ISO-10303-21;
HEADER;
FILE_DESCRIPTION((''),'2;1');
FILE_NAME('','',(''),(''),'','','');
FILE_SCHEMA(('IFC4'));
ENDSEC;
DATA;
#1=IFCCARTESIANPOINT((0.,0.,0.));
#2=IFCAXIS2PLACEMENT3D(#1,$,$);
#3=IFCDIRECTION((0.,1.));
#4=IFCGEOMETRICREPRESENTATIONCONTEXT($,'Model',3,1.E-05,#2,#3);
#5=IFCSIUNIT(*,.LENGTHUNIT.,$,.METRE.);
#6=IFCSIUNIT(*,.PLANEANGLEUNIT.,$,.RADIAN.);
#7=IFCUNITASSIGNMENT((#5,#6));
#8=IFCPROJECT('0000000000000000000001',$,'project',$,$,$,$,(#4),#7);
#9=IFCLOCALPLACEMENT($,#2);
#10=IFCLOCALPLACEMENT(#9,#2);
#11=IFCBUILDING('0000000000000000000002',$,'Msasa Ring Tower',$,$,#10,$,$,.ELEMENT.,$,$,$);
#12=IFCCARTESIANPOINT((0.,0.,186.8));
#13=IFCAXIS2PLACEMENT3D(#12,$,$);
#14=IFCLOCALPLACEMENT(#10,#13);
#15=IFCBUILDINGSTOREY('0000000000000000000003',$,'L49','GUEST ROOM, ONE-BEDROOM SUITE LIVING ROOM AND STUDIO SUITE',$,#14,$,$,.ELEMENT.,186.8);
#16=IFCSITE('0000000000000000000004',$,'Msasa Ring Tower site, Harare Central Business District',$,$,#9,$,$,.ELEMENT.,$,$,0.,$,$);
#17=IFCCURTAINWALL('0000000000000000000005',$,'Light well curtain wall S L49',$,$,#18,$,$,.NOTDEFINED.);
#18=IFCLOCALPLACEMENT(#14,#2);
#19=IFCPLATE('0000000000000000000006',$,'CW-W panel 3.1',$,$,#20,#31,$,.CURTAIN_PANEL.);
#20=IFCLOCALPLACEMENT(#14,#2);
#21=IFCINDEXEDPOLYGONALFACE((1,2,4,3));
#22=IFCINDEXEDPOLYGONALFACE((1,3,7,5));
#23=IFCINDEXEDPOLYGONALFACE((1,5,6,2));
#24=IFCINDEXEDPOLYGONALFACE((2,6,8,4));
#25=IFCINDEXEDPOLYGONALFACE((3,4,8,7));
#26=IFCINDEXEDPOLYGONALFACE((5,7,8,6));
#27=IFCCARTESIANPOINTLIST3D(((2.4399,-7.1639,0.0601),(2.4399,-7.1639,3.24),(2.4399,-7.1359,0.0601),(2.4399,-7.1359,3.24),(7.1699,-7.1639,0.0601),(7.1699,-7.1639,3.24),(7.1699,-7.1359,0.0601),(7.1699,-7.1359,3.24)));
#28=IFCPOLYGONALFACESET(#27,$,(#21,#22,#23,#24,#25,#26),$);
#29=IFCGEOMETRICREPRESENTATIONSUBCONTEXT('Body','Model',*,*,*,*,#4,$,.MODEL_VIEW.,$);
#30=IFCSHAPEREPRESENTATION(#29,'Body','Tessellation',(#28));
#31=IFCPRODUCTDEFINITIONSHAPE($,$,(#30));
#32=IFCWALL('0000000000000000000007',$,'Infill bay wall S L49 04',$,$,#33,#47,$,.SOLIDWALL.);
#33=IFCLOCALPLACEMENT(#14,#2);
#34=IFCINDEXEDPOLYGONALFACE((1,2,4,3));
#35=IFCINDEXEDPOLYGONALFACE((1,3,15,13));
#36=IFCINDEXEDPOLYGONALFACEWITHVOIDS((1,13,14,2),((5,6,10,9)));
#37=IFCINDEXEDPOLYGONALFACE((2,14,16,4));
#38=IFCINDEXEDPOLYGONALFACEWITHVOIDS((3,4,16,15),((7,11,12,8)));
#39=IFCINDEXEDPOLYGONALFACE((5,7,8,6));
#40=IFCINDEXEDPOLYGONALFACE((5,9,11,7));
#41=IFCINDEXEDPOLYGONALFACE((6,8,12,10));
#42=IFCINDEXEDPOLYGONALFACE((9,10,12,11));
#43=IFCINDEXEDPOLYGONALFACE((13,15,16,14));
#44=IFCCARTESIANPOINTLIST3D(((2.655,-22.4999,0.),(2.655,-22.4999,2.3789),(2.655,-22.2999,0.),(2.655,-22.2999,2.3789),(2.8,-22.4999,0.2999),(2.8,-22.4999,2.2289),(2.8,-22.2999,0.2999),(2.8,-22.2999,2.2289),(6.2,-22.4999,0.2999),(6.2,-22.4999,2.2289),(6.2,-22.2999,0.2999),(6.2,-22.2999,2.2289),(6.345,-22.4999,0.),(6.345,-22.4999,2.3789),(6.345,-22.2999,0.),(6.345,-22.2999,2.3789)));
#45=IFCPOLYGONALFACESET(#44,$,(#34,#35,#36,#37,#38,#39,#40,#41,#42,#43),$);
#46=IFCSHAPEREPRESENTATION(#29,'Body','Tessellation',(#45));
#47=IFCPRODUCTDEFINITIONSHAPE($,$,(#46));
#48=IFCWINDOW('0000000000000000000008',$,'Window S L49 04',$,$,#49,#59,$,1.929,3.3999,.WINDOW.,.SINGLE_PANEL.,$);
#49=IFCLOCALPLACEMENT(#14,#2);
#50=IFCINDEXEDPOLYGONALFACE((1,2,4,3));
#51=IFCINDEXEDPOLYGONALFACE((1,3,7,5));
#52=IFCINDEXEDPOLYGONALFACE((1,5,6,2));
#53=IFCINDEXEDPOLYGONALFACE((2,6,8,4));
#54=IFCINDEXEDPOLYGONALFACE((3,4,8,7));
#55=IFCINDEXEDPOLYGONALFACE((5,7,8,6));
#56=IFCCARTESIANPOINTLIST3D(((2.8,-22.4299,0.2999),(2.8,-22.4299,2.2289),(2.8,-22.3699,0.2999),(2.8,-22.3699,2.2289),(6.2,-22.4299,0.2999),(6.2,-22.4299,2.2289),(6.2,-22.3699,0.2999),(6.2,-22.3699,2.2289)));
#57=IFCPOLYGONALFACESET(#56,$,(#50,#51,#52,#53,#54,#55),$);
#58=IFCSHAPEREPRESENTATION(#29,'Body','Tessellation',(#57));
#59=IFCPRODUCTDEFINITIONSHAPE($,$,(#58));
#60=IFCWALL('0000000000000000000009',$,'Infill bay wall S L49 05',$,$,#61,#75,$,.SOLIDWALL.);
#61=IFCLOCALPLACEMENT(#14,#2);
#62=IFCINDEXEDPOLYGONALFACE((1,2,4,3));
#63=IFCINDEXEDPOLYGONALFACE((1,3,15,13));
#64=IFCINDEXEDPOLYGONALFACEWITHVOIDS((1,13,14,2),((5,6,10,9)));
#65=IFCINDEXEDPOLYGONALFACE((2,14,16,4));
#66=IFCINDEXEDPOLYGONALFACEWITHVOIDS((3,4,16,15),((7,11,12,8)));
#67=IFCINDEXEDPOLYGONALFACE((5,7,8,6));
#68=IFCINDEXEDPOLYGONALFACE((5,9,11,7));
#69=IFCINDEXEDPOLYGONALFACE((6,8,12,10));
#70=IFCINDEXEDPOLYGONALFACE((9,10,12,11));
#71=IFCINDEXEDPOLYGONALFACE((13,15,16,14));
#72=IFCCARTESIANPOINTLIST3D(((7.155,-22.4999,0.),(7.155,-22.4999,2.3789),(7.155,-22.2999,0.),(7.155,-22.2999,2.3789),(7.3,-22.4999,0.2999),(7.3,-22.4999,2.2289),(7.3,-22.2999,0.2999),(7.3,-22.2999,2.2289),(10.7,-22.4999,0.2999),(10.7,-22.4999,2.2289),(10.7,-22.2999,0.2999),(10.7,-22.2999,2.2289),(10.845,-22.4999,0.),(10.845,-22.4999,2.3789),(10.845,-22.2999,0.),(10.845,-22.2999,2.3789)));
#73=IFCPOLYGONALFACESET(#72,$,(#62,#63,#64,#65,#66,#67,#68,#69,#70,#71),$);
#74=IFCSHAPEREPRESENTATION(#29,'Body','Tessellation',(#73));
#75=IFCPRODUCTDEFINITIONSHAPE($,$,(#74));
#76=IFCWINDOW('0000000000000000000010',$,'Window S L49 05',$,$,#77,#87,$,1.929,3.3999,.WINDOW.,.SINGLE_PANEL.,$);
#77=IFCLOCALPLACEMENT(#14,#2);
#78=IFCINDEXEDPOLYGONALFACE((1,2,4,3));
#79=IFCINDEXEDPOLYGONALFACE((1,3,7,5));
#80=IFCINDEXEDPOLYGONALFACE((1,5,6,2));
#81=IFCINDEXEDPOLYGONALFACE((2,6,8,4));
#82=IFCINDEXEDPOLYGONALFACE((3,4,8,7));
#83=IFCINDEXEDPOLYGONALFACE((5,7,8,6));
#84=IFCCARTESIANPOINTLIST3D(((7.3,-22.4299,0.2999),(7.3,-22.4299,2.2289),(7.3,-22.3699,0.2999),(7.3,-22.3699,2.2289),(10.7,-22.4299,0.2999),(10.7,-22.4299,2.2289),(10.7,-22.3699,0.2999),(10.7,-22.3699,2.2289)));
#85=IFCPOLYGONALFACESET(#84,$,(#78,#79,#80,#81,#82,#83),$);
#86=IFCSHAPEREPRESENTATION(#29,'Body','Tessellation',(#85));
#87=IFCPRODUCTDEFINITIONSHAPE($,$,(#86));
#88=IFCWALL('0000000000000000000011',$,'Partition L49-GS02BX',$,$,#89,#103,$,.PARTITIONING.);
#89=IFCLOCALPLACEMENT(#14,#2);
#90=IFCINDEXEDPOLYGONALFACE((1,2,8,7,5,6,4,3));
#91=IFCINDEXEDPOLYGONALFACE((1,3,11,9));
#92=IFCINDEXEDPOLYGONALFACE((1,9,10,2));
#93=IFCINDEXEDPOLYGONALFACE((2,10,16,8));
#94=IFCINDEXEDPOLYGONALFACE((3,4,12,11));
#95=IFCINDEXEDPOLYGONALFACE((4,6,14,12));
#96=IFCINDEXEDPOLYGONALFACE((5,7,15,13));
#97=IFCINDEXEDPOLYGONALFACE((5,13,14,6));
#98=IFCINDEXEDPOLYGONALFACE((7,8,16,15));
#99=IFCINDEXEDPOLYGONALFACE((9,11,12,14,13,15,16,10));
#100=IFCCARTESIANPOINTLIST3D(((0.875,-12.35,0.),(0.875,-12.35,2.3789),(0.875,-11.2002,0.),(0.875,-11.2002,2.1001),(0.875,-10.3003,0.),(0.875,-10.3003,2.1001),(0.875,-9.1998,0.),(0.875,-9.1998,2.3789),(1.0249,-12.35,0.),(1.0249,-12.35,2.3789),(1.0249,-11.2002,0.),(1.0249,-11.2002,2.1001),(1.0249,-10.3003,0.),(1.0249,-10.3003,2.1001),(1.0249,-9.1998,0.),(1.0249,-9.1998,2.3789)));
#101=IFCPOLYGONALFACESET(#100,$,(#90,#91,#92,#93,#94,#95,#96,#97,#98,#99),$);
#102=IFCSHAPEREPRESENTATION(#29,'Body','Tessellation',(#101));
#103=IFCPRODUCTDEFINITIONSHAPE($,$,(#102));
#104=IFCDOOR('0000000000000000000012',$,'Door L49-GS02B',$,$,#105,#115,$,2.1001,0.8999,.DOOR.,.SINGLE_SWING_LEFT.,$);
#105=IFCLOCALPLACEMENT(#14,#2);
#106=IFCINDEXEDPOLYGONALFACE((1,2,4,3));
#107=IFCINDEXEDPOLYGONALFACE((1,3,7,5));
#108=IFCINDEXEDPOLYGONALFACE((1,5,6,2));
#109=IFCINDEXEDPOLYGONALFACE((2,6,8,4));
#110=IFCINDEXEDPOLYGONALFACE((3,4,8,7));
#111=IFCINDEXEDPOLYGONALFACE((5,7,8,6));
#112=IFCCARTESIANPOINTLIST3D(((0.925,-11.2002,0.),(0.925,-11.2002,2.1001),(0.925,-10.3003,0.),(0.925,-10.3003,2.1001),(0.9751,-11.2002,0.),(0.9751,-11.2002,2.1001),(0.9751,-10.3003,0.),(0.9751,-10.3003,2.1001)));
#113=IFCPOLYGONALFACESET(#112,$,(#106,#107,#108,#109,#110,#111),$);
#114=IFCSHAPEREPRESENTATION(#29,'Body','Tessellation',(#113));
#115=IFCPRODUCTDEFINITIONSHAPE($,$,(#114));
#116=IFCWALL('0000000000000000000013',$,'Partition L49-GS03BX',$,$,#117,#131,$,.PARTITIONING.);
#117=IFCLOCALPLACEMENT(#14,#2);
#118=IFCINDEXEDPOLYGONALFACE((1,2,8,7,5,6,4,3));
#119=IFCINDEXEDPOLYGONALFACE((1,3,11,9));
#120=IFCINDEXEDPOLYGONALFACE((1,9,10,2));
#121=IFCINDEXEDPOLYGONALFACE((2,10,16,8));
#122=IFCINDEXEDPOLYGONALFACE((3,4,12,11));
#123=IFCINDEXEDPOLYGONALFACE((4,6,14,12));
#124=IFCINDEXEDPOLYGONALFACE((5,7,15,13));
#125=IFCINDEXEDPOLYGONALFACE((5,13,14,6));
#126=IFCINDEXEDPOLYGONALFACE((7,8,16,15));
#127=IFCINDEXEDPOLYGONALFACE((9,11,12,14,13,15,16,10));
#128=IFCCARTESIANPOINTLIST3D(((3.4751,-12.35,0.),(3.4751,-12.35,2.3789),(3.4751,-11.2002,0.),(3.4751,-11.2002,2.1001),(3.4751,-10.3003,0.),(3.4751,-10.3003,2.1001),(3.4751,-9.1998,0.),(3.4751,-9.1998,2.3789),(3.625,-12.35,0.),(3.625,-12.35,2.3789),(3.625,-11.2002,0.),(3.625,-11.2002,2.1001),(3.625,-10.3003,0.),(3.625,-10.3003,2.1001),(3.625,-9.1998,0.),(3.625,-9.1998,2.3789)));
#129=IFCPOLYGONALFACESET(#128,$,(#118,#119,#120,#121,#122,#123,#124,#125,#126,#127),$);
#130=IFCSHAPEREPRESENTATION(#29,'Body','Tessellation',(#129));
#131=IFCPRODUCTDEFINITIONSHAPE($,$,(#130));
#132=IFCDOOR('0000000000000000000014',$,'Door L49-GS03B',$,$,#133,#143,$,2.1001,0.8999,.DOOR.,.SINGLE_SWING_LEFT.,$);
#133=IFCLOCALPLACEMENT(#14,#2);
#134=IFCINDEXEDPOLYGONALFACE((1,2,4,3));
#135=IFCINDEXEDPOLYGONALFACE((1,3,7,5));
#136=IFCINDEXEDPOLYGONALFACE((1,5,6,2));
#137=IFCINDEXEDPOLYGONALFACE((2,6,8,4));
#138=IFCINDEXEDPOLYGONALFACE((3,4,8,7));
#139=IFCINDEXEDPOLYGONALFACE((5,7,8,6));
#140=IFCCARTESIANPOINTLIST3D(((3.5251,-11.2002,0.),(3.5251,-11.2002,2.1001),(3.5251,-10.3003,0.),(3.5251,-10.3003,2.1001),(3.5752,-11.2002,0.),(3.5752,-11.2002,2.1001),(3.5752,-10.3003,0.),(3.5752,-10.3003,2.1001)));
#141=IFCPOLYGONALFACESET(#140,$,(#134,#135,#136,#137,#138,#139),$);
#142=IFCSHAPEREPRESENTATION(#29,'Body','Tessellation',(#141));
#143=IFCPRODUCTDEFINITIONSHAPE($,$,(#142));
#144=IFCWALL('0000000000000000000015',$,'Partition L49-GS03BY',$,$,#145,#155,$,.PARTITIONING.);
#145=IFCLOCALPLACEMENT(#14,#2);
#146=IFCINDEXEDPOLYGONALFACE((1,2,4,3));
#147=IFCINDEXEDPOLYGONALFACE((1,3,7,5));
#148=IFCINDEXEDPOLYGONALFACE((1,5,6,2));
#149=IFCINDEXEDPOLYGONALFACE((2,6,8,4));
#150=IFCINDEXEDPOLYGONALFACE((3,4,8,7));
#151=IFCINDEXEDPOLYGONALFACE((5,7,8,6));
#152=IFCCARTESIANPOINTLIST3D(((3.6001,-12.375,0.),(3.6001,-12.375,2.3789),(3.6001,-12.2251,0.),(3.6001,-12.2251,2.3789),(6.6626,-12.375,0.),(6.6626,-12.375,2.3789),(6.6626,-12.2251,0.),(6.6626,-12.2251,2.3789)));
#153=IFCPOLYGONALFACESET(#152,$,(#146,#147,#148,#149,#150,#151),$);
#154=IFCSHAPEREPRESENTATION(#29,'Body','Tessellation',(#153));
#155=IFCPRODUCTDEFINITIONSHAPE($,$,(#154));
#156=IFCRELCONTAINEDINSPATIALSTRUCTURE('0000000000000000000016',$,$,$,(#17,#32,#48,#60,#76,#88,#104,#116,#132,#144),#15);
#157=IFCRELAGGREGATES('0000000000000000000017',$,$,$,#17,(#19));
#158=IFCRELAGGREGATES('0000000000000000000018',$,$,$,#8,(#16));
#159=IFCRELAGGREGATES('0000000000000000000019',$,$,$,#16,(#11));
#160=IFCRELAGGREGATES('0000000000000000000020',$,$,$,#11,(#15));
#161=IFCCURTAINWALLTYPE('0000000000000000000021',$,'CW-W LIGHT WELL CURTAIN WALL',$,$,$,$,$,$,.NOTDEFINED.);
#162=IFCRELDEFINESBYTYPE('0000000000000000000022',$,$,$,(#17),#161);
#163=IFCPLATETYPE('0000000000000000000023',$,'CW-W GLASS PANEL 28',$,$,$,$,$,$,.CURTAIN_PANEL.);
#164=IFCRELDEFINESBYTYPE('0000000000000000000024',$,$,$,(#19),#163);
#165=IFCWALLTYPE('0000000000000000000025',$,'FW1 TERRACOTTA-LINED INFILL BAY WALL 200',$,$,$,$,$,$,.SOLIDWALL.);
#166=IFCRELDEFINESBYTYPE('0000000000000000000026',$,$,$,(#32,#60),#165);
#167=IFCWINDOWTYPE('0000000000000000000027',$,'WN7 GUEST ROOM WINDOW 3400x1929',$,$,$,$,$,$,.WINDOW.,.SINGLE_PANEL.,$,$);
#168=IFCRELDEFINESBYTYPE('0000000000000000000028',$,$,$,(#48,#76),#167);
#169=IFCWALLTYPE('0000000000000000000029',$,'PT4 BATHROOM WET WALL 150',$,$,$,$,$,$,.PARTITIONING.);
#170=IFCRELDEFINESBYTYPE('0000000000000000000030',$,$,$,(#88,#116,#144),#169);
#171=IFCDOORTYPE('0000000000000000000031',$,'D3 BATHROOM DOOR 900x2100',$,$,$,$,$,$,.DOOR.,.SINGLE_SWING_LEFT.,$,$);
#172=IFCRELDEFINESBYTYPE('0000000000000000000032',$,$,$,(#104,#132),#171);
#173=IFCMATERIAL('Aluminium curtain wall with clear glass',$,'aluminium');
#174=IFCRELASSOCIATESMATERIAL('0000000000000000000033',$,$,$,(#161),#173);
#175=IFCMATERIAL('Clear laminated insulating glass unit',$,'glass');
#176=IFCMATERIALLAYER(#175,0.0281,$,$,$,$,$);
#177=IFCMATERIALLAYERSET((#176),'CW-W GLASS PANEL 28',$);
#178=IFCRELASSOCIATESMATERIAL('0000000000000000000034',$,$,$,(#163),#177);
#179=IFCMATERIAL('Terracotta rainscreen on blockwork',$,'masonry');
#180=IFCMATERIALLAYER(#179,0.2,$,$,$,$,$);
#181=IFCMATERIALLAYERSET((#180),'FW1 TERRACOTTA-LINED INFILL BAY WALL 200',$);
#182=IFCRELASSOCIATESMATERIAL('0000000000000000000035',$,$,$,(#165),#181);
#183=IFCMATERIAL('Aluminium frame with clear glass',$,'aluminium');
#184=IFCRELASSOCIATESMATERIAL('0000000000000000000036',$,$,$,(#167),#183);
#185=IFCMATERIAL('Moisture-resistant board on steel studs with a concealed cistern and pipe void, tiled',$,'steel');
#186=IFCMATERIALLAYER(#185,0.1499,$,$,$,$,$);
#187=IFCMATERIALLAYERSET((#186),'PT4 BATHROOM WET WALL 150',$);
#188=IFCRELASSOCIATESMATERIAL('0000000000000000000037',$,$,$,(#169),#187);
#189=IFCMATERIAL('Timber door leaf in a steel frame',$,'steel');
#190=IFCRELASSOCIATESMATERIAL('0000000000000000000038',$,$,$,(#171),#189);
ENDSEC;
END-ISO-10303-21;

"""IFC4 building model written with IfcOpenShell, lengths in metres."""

from ifc_helpers import new_model, si_unit, direction, frame, frame_2d, origin, origin_2d, place, context, subcontext, project, spatial, rectangle, extrude, material, layer, layer_set, type_object, element, fill, aggregate, save


model = new_model("IFC4")

# Units and contexts
model_context = context("Model", 3, precision=1e-05, world=origin(), true_north=direction((0.0, 1.0)))
body_context = subcontext(model_context, "Body", "Model", "MODEL_VIEW")
ifc_project = project(units=[si_unit("LENGTHUNIT", "METRE"), si_unit("PLANEANGLEUNIT", "RADIAN")], contexts=[model_context])

# Site, building, storey
site_placement = place(None, origin())
site = spatial("IfcSite", under=ifc_project, at=site_placement, Name="Msasa Ring Tower site, Harare Central Business District", CompositionType="ELEMENT", RefElevation=0.0)
building_placement = place(site_placement, origin())
building = spatial("IfcBuilding", under=site, at=building_placement, Name="Msasa Ring Tower", CompositionType="ELEMENT")
storey_placement = place(building_placement, frame((0.0, 0.0, 186.8)))
storey = spatial("IfcBuildingStorey", under=building, at=storey_placement, Name="L49", Description="GUEST ROOM, ONE-BEDROOM SUITE LIVING ROOM AND STUDIO SUITE", CompositionType="ELEMENT", Elevation=186.8)

# Curtain wall
ifc_material_1 = material(Name="Aluminium curtain wall with clear glass", Category="aluminium")
curtain_wall_type = type_object("IfcCurtainWallType", Name="CW-W LIGHT WELL CURTAIN WALL", PredefinedType="NOTDEFINED", material=ifc_material_1)
curtain_wall_1_placement = place(storey_placement, origin())
curtain_wall_1 = element("IfcCurtainWall", 1, at=curtain_wall_1_placement, inside=storey, type_object=curtain_wall_type, Name="Light well curtain wall S L49", PredefinedType="NOTDEFINED")

# Plate
ifc_material_2 = material(Name="Clear laminated insulating glass unit", Category="glass")
ifc_layer_1 = layer(ifc_material_2, 0.0281)
ifc_layer_set_1 = layer_set([ifc_layer_1], Name="CW-W GLASS PANEL 28")
plate_type = type_object("IfcPlateType", Name="CW-W GLASS PANEL 28", PredefinedType="CURTAIN_PANEL", material=ifc_layer_set_1)
plate_placement = place(storey_placement, frame((4.8049, -7.1499, 0.0601), z_axis=(0.0, 0.0, 1.0), x_axis=(1.0, 0.0, 0.0)))
plate = element("IfcPlate", 2, at=plate_placement, type_object=plate_type, Name="CW-W panel 3.1", PredefinedType="CURTAIN_PANEL", context=body_context, shape_type="SweptSolid", body=[
    extrude(rectangle(XDim=4.73, YDim=0.0281, at=origin_2d()), origin(), (0.0, 0.0, 1.0), 3.1799),
])
aggregate(curtain_wall_1, [plate])

# Walls, openings, windows
ifc_material_3 = material(Name="Terracotta rainscreen on blockwork", Category="masonry")
ifc_layer_2 = layer(ifc_material_3, 0.2)
ifc_layer_set_2 = layer_set([ifc_layer_2], Name="FW1 TERRACOTTA-LINED INFILL BAY WALL 200")
wall_type_1 = type_object("IfcWallType", Name="FW1 TERRACOTTA-LINED INFILL BAY WALL 200", PredefinedType="SOLIDWALL", material=ifc_layer_set_2)
wall_1_placement = place(storey_placement, frame((2.655, -22.3999, 0.0), z_axis=(0.0, 0.0, 1.0), x_axis=(1.0, 0.0, 0.0)))
wall_1 = element("IfcWall", 3, at=wall_1_placement, inside=storey, type_object=wall_type_1, Name="Infill bay wall S L49 04", PredefinedType="SOLIDWALL", context=body_context, shape_type="SweptSolid", body=[
    extrude(rectangle(XDim=3.6899, YDim=0.2, at=frame_2d((1.845, 0.0))), origin(), (0.0, 0.0, 1.0), 2.3789),
])
opening_1_placement = place(wall_1_placement, frame((0.145, 0.0, 0.3)))
opening_1 = element("IfcOpeningElement", 4, at=opening_1_placement, cuts=wall_1, PredefinedType="OPENING", context=body_context, shape_type="SweptSolid", body=[
    extrude(rectangle(XDim=3.3999, YDim=1.929, at=frame_2d((1.7, 0.9644))), frame((0.0, 0.1099, 0.0), z_axis=(0.0, -1.0, 0.0), x_axis=(1.0, 0.0, 0.0)), (0.0, 0.0, 1.0), 0.22),
])
ifc_material_4 = material(Name="Aluminium frame with clear glass", Category="aluminium")
window_type = type_object("IfcWindowType", Name="WN7 GUEST ROOM WINDOW 3400x1929", PartitioningType="SINGLE_PANEL", PredefinedType="WINDOW", material=ifc_material_4)
window_1_placement = place(opening_1_placement, origin())
window_1 = element("IfcWindow", 5, at=window_1_placement, inside=storey, type_object=window_type, Name="Window S L49 04", OverallHeight=1.929, OverallWidth=3.3999, PartitioningType="SINGLE_PANEL", PredefinedType="WINDOW", context=body_context, shape_type="SweptSolid", body=[
    extrude(rectangle(XDim=3.3999, YDim=1.929, at=frame_2d((1.7, 0.9644))), frame((0.0, 0.03, 0.0), z_axis=(0.0, -1.0, 0.0), x_axis=(1.0, 0.0, 0.0)), (0.0, 0.0, 1.0), 0.0601),
])
fill(opening_1, window_1)
wall_2_placement = place(storey_placement, frame((7.155, -22.3999, 0.0), z_axis=(0.0, 0.0, 1.0), x_axis=(1.0, 0.0, 0.0)))
wall_2 = element("IfcWall", 6, at=wall_2_placement, inside=storey, type_object=wall_type_1, Name="Infill bay wall S L49 05", PredefinedType="SOLIDWALL", context=body_context, shape_type="SweptSolid", body=[
    extrude(rectangle(XDim=3.6899, YDim=0.2, at=frame_2d((1.845, 0.0))), origin(), (0.0, 0.0, 1.0), 2.3789),
])
opening_2_placement = place(wall_2_placement, frame((0.145, 0.0, 0.3)))
opening_2 = element("IfcOpeningElement", 7, at=opening_2_placement, cuts=wall_2, PredefinedType="OPENING", context=body_context, shape_type="SweptSolid", body=[
    extrude(rectangle(XDim=3.3999, YDim=1.929, at=frame_2d((1.7, 0.9644))), frame((0.0, 0.1099, 0.0), z_axis=(0.0, -1.0, 0.0), x_axis=(1.0, 0.0, 0.0)), (0.0, 0.0, 1.0), 0.22),
])
window_2_placement = place(opening_2_placement, origin())
window_2 = element("IfcWindow", 8, at=window_2_placement, inside=storey, type_object=window_type, Name="Window S L49 05", OverallHeight=1.929, OverallWidth=3.3999, PartitioningType="SINGLE_PANEL", PredefinedType="WINDOW", context=body_context, shape_type="SweptSolid", body=[
    extrude(rectangle(XDim=3.3999, YDim=1.929, at=frame_2d((1.7, 0.9644))), frame((0.0, 0.03, 0.0), z_axis=(0.0, -1.0, 0.0), x_axis=(1.0, 0.0, 0.0)), (0.0, 0.0, 1.0), 0.0601),
])
fill(opening_2, window_2)

# Walls, openings, doors
ifc_material_5 = material(Name="Moisture-resistant board on steel studs with a concealed cistern and pipe void, tiled", Category="steel")
ifc_layer_3 = layer(ifc_material_5, 0.1499)
ifc_layer_set_3 = layer_set([ifc_layer_3], Name="PT4 BATHROOM WET WALL 150")
wall_type_2 = type_object("IfcWallType", Name="PT4 BATHROOM WET WALL 150", PredefinedType="PARTITIONING", material=ifc_layer_set_3)
wall_3_placement = place(storey_placement, frame((0.95, -12.3501, 0.0), z_axis=(0.0, 0.0, 1.0), x_axis=(0.0, 1.0, 0.0)))
wall_3 = element("IfcWall", 9, at=wall_3_placement, inside=storey, type_object=wall_type_2, Name="Partition L49-GS02BX", PredefinedType="PARTITIONING", context=body_context, shape_type="SweptSolid", body=[
    extrude(rectangle(XDim=3.1501, YDim=0.1499, at=frame_2d((1.5752, 0.0))), origin(), (0.0, 0.0, 1.0), 2.3789),
])
opening_3_placement = place(wall_3_placement, frame((1.1499, 0.0, 0.0)))
opening_3 = element("IfcOpeningElement", 10, at=opening_3_placement, cuts=wall_3, PredefinedType="OPENING", context=body_context, shape_type="SweptSolid", body=[
    extrude(rectangle(XDim=0.8999, YDim=2.1001, at=frame_2d((0.45, 1.05))), frame((0.0, 0.085, 0.0), z_axis=(0.0, -1.0, 0.0), x_axis=(1.0, 0.0, 0.0)), (0.0, 0.0, 1.0), 0.1699),
])
ifc_material_6 = material(Name="Timber door leaf in a steel frame", Category="steel")
door_type = type_object("IfcDoorType", Name="D3 BATHROOM DOOR 900x2100", OperationType="SINGLE_SWING_LEFT", PredefinedType="DOOR", material=ifc_material_6)
door_1_placement = place(opening_3_placement, origin())
door_1 = element("IfcDoor", 11, at=door_1_placement, inside=storey, type_object=door_type, Name="Door L49-GS02B", OperationType="SINGLE_SWING_LEFT", OverallHeight=2.1001, OverallWidth=0.8999, PredefinedType="DOOR", context=body_context, shape_type="SweptSolid", body=[
    extrude(rectangle(XDim=0.8999, YDim=2.1001, at=frame_2d((0.45, 1.05))), frame((0.0, 0.0249, 0.0), z_axis=(0.0, -1.0, 0.0), x_axis=(1.0, 0.0, 0.0)), (0.0, 0.0, 1.0), 0.05),
])
fill(opening_3, door_1)
wall_4_placement = place(storey_placement, frame((3.55, -12.3501, 0.0), z_axis=(0.0, 0.0, 1.0), x_axis=(0.0, 1.0, 0.0)))
wall_4 = element("IfcWall", 12, at=wall_4_placement, inside=storey, type_object=wall_type_2, Name="Partition L49-GS03BX", PredefinedType="PARTITIONING", context=body_context, shape_type="SweptSolid", body=[
    extrude(rectangle(XDim=3.1501, YDim=0.1499, at=frame_2d((1.5752, 0.0))), origin(), (0.0, 0.0, 1.0), 2.3789),
])
opening_4_placement = place(wall_4_placement, frame((1.1499, 0.0, 0.0)))
opening_4 = element("IfcOpeningElement", 13, at=opening_4_placement, cuts=wall_4, PredefinedType="OPENING", context=body_context, shape_type="SweptSolid", body=[
    extrude(rectangle(XDim=0.8999, YDim=2.1001, at=frame_2d((0.45, 1.05))), frame((0.0, 0.085, 0.0), z_axis=(0.0, -1.0, 0.0), x_axis=(1.0, 0.0, 0.0)), (0.0, 0.0, 1.0), 0.1699),
])
door_2_placement = place(opening_4_placement, origin())
door_2 = element("IfcDoor", 14, at=door_2_placement, inside=storey, type_object=door_type, Name="Door L49-GS03B", OperationType="SINGLE_SWING_LEFT", OverallHeight=2.1001, OverallWidth=0.8999, PredefinedType="DOOR", context=body_context, shape_type="SweptSolid", body=[
    extrude(rectangle(XDim=0.8999, YDim=2.1001, at=frame_2d((0.45, 1.05))), frame((0.0, 0.0249, 0.0), z_axis=(0.0, -1.0, 0.0), x_axis=(1.0, 0.0, 0.0)), (0.0, 0.0, 1.0), 0.05),
])
fill(opening_4, door_2)

# Wall
wall_5_placement = place(storey_placement, frame((3.6001, -12.3, 0.0), z_axis=(0.0, 0.0, 1.0), x_axis=(1.0, 0.0, 0.0)))
element("IfcWall", 15, at=wall_5_placement, inside=storey, type_object=wall_type_2, Name="Partition L49-GS03BY", PredefinedType="PARTITIONING", context=body_context, shape_type="SweptSolid", body=[
    extrude(rectangle(XDim=3.0625, YDim=0.1499, at=frame_2d((1.5312, 0.0))), origin(), (0.0, 0.0, 1.0), 2.3789),
])

save(model, "model.ifc")
